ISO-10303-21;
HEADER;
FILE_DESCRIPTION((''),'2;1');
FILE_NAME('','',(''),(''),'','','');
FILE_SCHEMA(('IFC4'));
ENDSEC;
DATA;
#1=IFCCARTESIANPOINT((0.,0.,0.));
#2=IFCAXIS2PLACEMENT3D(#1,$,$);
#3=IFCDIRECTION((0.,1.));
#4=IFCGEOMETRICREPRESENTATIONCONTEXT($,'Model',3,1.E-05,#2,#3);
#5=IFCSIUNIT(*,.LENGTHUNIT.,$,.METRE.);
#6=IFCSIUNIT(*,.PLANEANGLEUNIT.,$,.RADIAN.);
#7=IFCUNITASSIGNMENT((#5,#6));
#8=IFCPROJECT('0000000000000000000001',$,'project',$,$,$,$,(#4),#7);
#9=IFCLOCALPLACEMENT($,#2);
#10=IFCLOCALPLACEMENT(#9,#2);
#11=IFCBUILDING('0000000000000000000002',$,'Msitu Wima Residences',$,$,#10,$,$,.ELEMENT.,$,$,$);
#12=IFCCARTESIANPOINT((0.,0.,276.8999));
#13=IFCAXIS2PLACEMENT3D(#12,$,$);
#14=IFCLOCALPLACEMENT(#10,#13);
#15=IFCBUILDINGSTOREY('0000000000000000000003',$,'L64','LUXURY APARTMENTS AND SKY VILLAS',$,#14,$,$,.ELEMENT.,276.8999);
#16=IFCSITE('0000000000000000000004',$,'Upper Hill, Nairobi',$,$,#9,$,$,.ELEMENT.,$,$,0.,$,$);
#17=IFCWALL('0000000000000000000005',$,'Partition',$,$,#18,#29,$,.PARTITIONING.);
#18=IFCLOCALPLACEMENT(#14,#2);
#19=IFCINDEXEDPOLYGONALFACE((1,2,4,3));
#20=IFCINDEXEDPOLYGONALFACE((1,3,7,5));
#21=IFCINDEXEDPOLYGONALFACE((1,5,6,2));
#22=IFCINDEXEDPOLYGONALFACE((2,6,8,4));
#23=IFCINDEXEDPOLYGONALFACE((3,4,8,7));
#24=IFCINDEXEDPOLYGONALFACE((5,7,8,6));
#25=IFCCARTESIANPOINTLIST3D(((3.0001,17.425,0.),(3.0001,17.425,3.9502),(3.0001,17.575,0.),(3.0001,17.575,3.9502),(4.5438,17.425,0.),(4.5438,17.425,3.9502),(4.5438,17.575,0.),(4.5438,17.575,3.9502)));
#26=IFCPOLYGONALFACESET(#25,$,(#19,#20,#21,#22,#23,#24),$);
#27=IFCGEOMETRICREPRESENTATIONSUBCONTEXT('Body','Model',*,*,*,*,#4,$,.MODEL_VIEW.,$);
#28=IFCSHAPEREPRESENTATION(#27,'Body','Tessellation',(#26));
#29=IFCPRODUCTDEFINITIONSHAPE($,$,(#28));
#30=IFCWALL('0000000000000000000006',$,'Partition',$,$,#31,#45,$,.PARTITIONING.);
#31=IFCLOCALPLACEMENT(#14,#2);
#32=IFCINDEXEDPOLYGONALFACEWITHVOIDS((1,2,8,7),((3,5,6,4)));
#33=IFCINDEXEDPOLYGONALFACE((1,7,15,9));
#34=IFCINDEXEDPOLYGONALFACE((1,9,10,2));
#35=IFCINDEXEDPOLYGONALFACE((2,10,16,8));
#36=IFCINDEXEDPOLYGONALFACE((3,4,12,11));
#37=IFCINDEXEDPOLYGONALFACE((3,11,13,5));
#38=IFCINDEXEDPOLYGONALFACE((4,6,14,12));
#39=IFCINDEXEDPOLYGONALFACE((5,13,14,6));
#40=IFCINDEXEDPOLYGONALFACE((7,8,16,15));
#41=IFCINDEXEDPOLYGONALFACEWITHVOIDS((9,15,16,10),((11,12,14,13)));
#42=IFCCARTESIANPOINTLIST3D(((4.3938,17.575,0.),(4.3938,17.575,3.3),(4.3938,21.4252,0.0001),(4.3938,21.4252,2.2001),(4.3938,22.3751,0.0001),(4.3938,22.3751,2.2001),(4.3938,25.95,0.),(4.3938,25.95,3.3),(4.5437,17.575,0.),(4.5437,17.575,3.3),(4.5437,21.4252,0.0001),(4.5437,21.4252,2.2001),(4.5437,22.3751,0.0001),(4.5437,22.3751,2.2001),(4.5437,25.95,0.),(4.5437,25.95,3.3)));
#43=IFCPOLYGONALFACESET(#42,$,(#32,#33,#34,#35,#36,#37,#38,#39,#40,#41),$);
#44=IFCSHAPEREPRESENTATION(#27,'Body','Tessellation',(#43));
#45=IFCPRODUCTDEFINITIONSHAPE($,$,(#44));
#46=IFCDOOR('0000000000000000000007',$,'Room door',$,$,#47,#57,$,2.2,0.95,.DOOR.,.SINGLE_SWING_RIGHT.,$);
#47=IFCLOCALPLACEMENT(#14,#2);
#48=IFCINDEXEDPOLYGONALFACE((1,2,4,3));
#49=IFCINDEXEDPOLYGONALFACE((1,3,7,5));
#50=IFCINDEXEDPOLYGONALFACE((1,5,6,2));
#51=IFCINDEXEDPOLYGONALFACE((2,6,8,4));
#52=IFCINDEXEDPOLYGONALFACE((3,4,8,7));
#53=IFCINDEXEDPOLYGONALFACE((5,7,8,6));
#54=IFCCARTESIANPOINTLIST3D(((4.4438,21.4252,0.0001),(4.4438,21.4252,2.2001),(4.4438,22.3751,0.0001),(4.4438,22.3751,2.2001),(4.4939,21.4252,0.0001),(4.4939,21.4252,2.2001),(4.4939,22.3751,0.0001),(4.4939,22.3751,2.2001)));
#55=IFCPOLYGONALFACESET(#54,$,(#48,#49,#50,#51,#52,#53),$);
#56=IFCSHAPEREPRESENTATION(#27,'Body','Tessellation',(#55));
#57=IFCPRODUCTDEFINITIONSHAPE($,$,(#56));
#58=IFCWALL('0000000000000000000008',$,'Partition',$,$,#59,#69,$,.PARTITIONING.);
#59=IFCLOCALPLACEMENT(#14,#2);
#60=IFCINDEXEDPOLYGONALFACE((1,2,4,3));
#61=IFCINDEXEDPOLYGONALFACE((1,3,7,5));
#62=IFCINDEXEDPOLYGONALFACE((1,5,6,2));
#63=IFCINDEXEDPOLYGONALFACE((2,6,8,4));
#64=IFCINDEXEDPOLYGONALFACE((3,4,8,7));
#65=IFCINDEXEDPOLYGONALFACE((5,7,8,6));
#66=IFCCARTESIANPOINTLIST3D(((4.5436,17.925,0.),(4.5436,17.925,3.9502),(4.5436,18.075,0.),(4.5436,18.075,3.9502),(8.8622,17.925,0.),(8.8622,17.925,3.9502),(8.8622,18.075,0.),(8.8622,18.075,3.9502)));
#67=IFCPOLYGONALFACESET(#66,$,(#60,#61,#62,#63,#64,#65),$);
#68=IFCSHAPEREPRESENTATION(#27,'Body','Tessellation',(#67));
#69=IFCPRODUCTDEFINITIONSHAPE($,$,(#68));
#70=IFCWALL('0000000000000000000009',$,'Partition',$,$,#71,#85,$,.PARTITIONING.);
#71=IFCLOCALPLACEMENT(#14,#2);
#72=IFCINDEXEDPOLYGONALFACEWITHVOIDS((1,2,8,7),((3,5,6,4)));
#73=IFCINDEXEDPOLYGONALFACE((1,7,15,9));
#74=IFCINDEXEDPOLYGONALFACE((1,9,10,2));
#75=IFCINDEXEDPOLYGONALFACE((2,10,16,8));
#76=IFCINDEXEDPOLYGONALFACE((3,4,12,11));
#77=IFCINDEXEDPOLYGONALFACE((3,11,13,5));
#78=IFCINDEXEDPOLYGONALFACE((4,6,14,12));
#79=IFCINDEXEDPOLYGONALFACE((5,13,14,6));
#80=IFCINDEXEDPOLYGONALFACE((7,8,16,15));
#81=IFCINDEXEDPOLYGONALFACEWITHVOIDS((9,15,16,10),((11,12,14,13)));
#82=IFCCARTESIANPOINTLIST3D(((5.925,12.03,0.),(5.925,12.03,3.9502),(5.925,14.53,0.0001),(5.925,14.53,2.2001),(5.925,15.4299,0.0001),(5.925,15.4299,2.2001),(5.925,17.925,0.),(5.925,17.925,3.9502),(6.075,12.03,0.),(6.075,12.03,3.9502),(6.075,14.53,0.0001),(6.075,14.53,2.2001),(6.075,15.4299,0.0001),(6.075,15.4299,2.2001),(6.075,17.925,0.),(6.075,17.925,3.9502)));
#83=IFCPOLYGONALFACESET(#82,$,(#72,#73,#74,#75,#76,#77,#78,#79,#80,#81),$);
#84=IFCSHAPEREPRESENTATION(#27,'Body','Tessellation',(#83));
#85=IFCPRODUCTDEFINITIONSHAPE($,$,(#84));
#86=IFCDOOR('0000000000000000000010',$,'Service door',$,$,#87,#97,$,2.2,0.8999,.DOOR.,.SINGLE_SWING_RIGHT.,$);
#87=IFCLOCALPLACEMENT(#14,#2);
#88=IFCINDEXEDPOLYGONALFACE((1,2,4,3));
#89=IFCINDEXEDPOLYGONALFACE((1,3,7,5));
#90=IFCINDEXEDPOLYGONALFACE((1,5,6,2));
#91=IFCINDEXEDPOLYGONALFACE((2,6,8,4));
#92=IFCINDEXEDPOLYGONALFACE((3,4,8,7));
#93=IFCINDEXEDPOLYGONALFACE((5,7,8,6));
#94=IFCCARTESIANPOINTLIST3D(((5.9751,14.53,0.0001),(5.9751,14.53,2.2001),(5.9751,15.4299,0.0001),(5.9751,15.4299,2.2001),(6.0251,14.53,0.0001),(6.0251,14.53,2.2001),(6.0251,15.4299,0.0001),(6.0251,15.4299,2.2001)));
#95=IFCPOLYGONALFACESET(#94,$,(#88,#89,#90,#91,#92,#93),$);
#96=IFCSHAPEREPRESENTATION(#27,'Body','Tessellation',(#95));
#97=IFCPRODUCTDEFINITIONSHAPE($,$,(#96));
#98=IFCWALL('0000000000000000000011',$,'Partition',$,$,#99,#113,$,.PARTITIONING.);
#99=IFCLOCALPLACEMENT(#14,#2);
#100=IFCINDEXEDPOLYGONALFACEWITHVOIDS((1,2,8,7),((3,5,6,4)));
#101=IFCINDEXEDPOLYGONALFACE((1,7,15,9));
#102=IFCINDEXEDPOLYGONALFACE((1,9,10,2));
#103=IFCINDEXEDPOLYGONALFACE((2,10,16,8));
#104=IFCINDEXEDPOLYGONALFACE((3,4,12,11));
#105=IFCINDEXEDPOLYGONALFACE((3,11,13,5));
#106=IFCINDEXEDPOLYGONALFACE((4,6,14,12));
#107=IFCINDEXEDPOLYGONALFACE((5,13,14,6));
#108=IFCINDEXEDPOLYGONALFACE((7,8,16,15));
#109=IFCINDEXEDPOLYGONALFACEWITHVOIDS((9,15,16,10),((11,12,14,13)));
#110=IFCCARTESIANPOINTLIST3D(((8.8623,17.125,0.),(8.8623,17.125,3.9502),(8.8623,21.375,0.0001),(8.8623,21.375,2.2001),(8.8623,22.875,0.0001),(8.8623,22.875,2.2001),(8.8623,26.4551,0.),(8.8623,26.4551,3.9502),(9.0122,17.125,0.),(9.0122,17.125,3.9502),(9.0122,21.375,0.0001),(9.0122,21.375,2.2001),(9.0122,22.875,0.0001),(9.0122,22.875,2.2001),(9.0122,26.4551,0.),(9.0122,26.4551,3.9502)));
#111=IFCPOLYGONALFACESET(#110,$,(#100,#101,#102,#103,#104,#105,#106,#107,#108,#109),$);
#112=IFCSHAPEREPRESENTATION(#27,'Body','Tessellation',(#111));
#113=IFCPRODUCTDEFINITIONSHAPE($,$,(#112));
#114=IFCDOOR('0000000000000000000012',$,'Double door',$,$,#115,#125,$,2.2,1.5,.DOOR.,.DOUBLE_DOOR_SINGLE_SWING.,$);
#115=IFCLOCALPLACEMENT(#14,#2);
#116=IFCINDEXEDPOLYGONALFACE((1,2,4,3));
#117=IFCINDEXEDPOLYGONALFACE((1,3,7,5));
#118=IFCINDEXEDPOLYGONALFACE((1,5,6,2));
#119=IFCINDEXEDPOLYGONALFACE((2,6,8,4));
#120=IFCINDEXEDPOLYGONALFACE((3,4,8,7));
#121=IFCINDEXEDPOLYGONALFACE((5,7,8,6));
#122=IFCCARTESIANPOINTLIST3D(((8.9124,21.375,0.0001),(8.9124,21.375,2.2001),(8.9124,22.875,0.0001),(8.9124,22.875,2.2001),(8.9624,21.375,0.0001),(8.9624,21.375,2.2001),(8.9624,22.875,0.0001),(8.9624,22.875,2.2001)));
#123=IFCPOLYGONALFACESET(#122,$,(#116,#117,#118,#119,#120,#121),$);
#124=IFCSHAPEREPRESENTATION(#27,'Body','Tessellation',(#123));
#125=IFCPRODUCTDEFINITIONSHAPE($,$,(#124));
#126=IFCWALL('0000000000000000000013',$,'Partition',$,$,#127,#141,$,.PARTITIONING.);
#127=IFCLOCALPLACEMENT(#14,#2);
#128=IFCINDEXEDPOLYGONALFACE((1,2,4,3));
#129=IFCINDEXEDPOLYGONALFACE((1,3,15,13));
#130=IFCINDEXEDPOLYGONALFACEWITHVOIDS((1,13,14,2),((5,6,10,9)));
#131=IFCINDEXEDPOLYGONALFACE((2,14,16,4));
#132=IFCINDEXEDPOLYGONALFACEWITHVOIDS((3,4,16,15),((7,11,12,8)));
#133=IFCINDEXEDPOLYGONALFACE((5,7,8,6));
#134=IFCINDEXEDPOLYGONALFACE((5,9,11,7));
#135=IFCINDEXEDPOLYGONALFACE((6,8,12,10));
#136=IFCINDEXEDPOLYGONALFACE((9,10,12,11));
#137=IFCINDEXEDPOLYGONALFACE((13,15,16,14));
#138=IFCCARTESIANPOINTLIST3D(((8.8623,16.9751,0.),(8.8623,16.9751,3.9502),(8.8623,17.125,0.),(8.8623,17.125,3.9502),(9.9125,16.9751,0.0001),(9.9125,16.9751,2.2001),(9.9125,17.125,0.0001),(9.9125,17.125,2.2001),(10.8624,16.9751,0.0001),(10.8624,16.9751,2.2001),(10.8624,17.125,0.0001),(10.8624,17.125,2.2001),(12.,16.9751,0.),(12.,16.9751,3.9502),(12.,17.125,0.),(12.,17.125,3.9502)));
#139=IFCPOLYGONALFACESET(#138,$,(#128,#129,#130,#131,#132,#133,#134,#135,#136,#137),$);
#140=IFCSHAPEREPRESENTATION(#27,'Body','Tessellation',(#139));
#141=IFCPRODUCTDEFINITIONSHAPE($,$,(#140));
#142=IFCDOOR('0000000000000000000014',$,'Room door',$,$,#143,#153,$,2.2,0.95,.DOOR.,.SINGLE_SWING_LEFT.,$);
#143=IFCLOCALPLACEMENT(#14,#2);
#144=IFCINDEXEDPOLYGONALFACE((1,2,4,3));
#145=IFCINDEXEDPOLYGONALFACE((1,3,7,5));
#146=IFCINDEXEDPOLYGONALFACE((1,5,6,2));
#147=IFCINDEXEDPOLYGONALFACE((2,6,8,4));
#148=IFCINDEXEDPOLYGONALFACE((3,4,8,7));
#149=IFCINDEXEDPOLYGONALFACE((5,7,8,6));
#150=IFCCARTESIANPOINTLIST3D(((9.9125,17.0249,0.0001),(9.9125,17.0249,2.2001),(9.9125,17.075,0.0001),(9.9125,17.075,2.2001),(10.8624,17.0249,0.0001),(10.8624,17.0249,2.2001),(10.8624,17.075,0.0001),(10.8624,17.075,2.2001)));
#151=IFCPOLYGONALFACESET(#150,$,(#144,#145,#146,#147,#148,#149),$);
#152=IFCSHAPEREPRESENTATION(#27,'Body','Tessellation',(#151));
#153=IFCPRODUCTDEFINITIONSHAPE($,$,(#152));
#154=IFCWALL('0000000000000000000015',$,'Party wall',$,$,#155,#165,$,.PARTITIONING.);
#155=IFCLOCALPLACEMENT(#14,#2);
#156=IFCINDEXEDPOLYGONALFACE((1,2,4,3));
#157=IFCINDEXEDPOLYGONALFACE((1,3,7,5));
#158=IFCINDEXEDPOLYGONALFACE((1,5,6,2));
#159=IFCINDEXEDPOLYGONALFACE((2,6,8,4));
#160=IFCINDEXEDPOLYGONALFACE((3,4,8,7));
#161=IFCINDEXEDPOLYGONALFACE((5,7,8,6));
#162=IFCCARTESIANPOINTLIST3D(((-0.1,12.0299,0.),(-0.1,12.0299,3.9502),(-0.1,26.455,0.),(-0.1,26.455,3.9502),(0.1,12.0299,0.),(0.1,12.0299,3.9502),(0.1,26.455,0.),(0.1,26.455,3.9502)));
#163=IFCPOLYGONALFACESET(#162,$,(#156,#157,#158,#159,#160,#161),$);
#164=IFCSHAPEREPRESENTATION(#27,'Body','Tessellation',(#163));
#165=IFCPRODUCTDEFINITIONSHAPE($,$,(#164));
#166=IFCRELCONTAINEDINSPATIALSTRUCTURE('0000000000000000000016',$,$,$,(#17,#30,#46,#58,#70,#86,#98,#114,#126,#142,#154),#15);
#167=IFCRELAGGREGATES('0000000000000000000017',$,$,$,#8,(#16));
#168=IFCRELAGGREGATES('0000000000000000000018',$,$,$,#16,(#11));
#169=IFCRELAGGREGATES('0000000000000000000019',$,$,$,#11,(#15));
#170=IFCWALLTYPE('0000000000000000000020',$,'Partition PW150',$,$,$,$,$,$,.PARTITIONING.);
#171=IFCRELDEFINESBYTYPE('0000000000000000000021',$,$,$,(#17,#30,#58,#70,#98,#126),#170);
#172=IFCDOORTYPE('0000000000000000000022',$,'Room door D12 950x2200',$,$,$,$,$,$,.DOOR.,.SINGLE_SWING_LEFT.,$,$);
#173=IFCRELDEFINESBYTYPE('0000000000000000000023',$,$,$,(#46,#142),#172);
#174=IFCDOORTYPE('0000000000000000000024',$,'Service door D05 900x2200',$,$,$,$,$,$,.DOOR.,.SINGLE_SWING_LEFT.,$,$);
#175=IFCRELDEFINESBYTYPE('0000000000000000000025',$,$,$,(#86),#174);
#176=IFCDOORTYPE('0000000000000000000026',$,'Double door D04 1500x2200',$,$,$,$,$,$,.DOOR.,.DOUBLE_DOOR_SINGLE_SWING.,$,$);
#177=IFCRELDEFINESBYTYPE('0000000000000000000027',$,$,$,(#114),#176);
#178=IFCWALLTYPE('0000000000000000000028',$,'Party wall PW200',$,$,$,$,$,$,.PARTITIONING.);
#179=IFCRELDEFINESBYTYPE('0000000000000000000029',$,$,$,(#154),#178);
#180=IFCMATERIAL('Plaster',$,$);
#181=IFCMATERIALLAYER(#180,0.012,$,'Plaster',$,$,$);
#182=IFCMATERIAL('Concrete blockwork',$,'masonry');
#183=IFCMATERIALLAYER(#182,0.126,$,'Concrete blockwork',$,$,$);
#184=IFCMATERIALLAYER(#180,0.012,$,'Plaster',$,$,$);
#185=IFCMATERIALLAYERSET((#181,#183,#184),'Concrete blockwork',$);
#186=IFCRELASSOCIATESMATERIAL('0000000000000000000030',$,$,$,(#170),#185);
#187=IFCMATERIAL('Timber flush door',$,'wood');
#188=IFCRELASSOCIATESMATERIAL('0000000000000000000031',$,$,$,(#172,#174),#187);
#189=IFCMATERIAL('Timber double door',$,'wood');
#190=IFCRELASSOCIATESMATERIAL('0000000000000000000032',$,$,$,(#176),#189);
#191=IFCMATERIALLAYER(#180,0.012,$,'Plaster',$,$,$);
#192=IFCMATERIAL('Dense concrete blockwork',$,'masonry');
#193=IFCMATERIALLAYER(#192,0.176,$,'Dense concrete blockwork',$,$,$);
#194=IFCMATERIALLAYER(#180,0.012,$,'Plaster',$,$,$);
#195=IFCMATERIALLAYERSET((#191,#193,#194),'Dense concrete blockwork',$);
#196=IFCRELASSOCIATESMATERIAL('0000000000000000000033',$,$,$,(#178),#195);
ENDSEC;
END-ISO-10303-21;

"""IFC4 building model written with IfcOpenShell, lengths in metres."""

from ifc_helpers import new_model, si_unit, direction, frame, frame_2d, origin, place, context, subcontext, project, spatial, rectangle, extrude, material, layer, layer_set, type_object, element, fill, save


model = new_model("IFC4")

# Units and contexts
model_context = context("Model", 3, precision=1e-05, world=origin(), true_north=direction((0.0, 1.0)))
body_context = subcontext(model_context, "Body", "Model", "MODEL_VIEW")
ifc_project = project(units=[si_unit("LENGTHUNIT", "METRE"), si_unit("PLANEANGLEUNIT", "RADIAN")], contexts=[model_context])

# Site, building, storey
site_placement = place(None, origin())
site = spatial("IfcSite", under=ifc_project, at=site_placement, Name="Upper Hill, Nairobi", CompositionType="ELEMENT", RefElevation=0.0)
building_placement = place(site_placement, origin())
building = spatial("IfcBuilding", under=site, at=building_placement, Name="Msitu Wima Residences", CompositionType="ELEMENT")
storey_placement = place(building_placement, frame((0.0, 0.0, 276.8999)))
storey = spatial("IfcBuildingStorey", under=building, at=storey_placement, Name="L64", Description="LUXURY APARTMENTS AND SKY VILLAS", CompositionType="ELEMENT", Elevation=276.8999)

# Wall
ifc_material_1 = material(Name="Plaster")
ifc_layer_1 = layer(ifc_material_1, 0.012, Name="Plaster")
ifc_material_2 = material(Name="Concrete blockwork", Category="masonry")
ifc_layer_2 = layer(ifc_material_2, 0.126, Name="Concrete blockwork")
ifc_layer_3 = layer(ifc_material_1, 0.012, Name="Plaster")
ifc_layer_set_1 = layer_set([ifc_layer_1, ifc_layer_2, ifc_layer_3], Name="Concrete blockwork")
wall_type_1 = type_object("IfcWallType", Name="Partition PW150", PredefinedType="PARTITIONING", material=ifc_layer_set_1)
wall_1_placement = place(storey_placement, frame((3.0, 17.5, 0.0), z_axis=(0.0, 0.0, 1.0), x_axis=(1.0, 0.0, 0.0)))
element("IfcWall", 1, at=wall_1_placement, inside=storey, type_object=wall_type_1, Name="Partition", PredefinedType="PARTITIONING", context=body_context, shape_type="SweptSolid", body=[
    extrude(rectangle(XDim=1.5437, YDim=0.1499, at=frame_2d((0.772, 0.0))), origin(), (0.0, 0.0, 1.0), 3.9502),
])

# Wall, opening, door
wall_2_placement = place(storey_placement, frame((4.4688, 17.575, 0.0), z_axis=(0.0, 0.0, 1.0), x_axis=(0.0, 1.0, 0.0)))
wall_2 = element("IfcWall", 2, at=wall_2_placement, inside=storey, type_object=wall_type_1, Name="Partition", PredefinedType="PARTITIONING", context=body_context, shape_type="SweptSolid", body=[
    extrude(rectangle(XDim=8.375, YDim=0.1499, at=frame_2d((4.1875, 0.0))), origin(), (0.0, 0.0, 1.0), 3.3),
])
opening_1_placement = place(wall_2_placement, frame((3.8501, 0.0, 0.0)))
opening_1 = element("IfcOpeningElement", 3, at=opening_1_placement, cuts=wall_2, PredefinedType="OPENING", context=body_context, shape_type="SweptSolid", body=[
    extrude(rectangle(XDim=0.95, YDim=2.2, at=frame_2d((0.4751, 1.1001))), frame((0.0, 0.085, 0.0), z_axis=(0.0, -1.0, 0.0), x_axis=(1.0, 0.0, 0.0)), (0.0, 0.0, 1.0), 0.1699),
])
ifc_material_3 = material(Name="Timber flush door", Category="wood")
door_type_1 = type_object("IfcDoorType", Name="Room door D12 950x2200", OperationType="SINGLE_SWING_LEFT", PredefinedType="DOOR", material=ifc_material_3)
door_1_placement = place(opening_1_placement, origin())
door_1 = element("IfcDoor", 4, at=door_1_placement, inside=storey, type_object=door_type_1, Name="Room door", OperationType="SINGLE_SWING_RIGHT", OverallHeight=2.2, OverallWidth=0.95, PredefinedType="DOOR", context=body_context, shape_type="SweptSolid", body=[
    extrude(rectangle(XDim=0.95, YDim=2.2, at=frame_2d((0.4751, 1.1001))), frame((0.0, 0.0249, 0.0), z_axis=(0.0, -1.0, 0.0), x_axis=(1.0, 0.0, 0.0)), (0.0, 0.0, 1.0), 0.05),
])
fill(opening_1, door_1)

# Wall
wall_3_placement = place(storey_placement, frame((4.5437, 18.0, 0.0), z_axis=(0.0, 0.0, 1.0), x_axis=(1.0, 0.0, 0.0)))
element("IfcWall", 5, at=wall_3_placement, inside=storey, type_object=wall_type_1, Name="Partition", PredefinedType="PARTITIONING", context=body_context, shape_type="SweptSolid", body=[
    extrude(rectangle(XDim=4.3186, YDim=0.1499, at=frame_2d((2.1592, 0.0))), origin(), (0.0, 0.0, 1.0), 3.9502),
])

# Walls, openings, doors
wall_4_placement = place(storey_placement, frame((6.0, 12.03, 0.0), z_axis=(0.0, 0.0, 1.0), x_axis=(0.0, 1.0, 0.0)))
wall_4 = element("IfcWall", 6, at=wall_4_placement, inside=storey, type_object=wall_type_1, Name="Partition", PredefinedType="PARTITIONING", context=body_context, shape_type="SweptSolid", body=[
    extrude(rectangle(XDim=5.895, YDim=0.1499, at=frame_2d((2.9475, 0.0))), origin(), (0.0, 0.0, 1.0), 3.9502),
])
opening_2_placement = place(wall_4_placement, frame((2.5, 0.0, 0.0)))
opening_2 = element("IfcOpeningElement", 7, at=opening_2_placement, cuts=wall_4, PredefinedType="OPENING", context=body_context, shape_type="SweptSolid", body=[
    extrude(rectangle(XDim=0.8999, YDim=2.2, at=frame_2d((0.45, 1.1001))), frame((0.0, 0.085, 0.0), z_axis=(0.0, -1.0, 0.0), x_axis=(1.0, 0.0, 0.0)), (0.0, 0.0, 1.0), 0.1699),
])
door_type_2 = type_object("IfcDoorType", Name="Service door D05 900x2200", OperationType="SINGLE_SWING_LEFT", PredefinedType="DOOR", material=ifc_material_3)
door_2_placement = place(opening_2_placement, origin())
door_2 = element("IfcDoor", 8, at=door_2_placement, inside=storey, type_object=door_type_2, Name="Service door", OperationType="SINGLE_SWING_RIGHT", OverallHeight=2.2, OverallWidth=0.8999, PredefinedType="DOOR", context=body_context, shape_type="SweptSolid", body=[
    extrude(rectangle(XDim=0.8999, YDim=2.2, at=frame_2d((0.45, 1.1001))), frame((0.0, 0.0249, 0.0), z_axis=(0.0, -1.0, 0.0), x_axis=(1.0, 0.0, 0.0)), (0.0, 0.0, 1.0), 0.05),
])
fill(opening_2, door_2)
wall_5_placement = place(storey_placement, frame((8.9373, 17.125, 0.0), z_axis=(0.0, 0.0, 1.0), x_axis=(0.0, 1.0, 0.0)))
wall_5 = element("IfcWall", 9, at=wall_5_placement, inside=storey, type_object=wall_type_1, Name="Partition", PredefinedType="PARTITIONING", context=body_context, shape_type="SweptSolid", body=[
    extrude(rectangle(XDim=9.3301, YDim=0.1499, at=frame_2d((4.665, 0.0))), origin(), (0.0, 0.0, 1.0), 3.9502),
])
opening_3_placement = place(wall_5_placement, frame((4.25, 0.0, 0.0)))
opening_3 = element("IfcOpeningElement", 10, at=opening_3_placement, cuts=wall_5, PredefinedType="OPENING", context=body_context, shape_type="SweptSolid", body=[
    extrude(rectangle(XDim=1.5, YDim=2.2, at=frame_2d((0.75, 1.1001))), frame((0.0, 0.085, 0.0), z_axis=(0.0, -1.0, 0.0), x_axis=(1.0, 0.0, 0.0)), (0.0, 0.0, 1.0), 0.1699),
])
ifc_material_4 = material(Name="Timber double door", Category="wood")
door_type_3 = type_object("IfcDoorType", Name="Double door D04 1500x2200", OperationType="DOUBLE_DOOR_SINGLE_SWING", PredefinedType="DOOR", material=ifc_material_4)
door_3_placement = place(opening_3_placement, origin())
door_3 = element("IfcDoor", 11, at=door_3_placement, inside=storey, type_object=door_type_3, Name="Double door", OperationType="DOUBLE_DOOR_SINGLE_SWING", OverallHeight=2.2, OverallWidth=1.5, PredefinedType="DOOR", context=body_context, shape_type="SweptSolid", body=[
    extrude(rectangle(XDim=1.5, YDim=2.2, at=frame_2d((0.75, 1.1001))), frame((0.0, 0.0249, 0.0), z_axis=(0.0, -1.0, 0.0), x_axis=(1.0, 0.0, 0.0)), (0.0, 0.0, 1.0), 0.05),
])
fill(opening_3, door_3)
wall_6_placement = place(storey_placement, frame((8.8623, 17.05, 0.0), z_axis=(0.0, 0.0, 1.0), x_axis=(1.0, 0.0, 0.0)))
wall_6 = element("IfcWall", 12, at=wall_6_placement, inside=storey, type_object=wall_type_1, Name="Partition", PredefinedType="PARTITIONING", context=body_context, shape_type="SweptSolid", body=[
    extrude(rectangle(XDim=3.1377, YDim=0.1499, at=frame_2d((1.5688, 0.0))), origin(), (0.0, 0.0, 1.0), 3.9502),
])
opening_4_placement = place(wall_6_placement, frame((1.05, 0.0, 0.0)))
opening_4 = element("IfcOpeningElement", 13, at=opening_4_placement, cuts=wall_6, PredefinedType="OPENING", context=body_context, shape_type="SweptSolid", body=[
    extrude(rectangle(XDim=0.95, YDim=2.2, at=frame_2d((0.4751, 1.1001))), frame((0.0, 0.085, 0.0), z_axis=(0.0, -1.0, 0.0), x_axis=(1.0, 0.0, 0.0)), (0.0, 0.0, 1.0), 0.1699),
])
door_4_placement = place(opening_4_placement, origin())
door_4 = element("IfcDoor", 14, at=door_4_placement, inside=storey, type_object=door_type_1, Name="Room door", OperationType="SINGLE_SWING_LEFT", OverallHeight=2.2, OverallWidth=0.95, PredefinedType="DOOR", context=body_context, shape_type="SweptSolid", body=[
    extrude(rectangle(XDim=0.95, YDim=2.2, at=frame_2d((0.4751, 1.1001))), frame((0.0, 0.0249, 0.0), z_axis=(0.0, -1.0, 0.0), x_axis=(1.0, 0.0, 0.0)), (0.0, 0.0, 1.0), 0.05),
])
fill(opening_4, door_4)

# Wall
ifc_layer_4 = layer(ifc_material_1, 0.012, Name="Plaster")
ifc_material_5 = material(Name="Dense concrete blockwork", Category="masonry")
ifc_layer_5 = layer(ifc_material_5, 0.176, Name="Dense concrete blockwork")
ifc_layer_6 = layer(ifc_material_1, 0.012, Name="Plaster")
ifc_layer_set_2 = layer_set([ifc_layer_4, ifc_layer_5, ifc_layer_6], Name="Dense concrete blockwork")
wall_type_2 = type_object("IfcWallType", Name="Party wall PW200", PredefinedType="PARTITIONING", material=ifc_layer_set_2)
wall_7_placement = place(storey_placement, frame((0.0, 12.03, 0.0), z_axis=(0.0, 0.0, 1.0), x_axis=(0.0, 1.0, 0.0)))
element("IfcWall", 15, at=wall_7_placement, inside=storey, type_object=wall_type_2, Name="Party wall", PredefinedType="PARTITIONING", context=body_context, shape_type="SweptSolid", body=[
    extrude(rectangle(XDim=14.425, YDim=0.2, at=frame_2d((7.2124, 0.0))), origin(), (0.0, 0.0, 1.0), 3.9502),
])

save(model, "model.ifc")
